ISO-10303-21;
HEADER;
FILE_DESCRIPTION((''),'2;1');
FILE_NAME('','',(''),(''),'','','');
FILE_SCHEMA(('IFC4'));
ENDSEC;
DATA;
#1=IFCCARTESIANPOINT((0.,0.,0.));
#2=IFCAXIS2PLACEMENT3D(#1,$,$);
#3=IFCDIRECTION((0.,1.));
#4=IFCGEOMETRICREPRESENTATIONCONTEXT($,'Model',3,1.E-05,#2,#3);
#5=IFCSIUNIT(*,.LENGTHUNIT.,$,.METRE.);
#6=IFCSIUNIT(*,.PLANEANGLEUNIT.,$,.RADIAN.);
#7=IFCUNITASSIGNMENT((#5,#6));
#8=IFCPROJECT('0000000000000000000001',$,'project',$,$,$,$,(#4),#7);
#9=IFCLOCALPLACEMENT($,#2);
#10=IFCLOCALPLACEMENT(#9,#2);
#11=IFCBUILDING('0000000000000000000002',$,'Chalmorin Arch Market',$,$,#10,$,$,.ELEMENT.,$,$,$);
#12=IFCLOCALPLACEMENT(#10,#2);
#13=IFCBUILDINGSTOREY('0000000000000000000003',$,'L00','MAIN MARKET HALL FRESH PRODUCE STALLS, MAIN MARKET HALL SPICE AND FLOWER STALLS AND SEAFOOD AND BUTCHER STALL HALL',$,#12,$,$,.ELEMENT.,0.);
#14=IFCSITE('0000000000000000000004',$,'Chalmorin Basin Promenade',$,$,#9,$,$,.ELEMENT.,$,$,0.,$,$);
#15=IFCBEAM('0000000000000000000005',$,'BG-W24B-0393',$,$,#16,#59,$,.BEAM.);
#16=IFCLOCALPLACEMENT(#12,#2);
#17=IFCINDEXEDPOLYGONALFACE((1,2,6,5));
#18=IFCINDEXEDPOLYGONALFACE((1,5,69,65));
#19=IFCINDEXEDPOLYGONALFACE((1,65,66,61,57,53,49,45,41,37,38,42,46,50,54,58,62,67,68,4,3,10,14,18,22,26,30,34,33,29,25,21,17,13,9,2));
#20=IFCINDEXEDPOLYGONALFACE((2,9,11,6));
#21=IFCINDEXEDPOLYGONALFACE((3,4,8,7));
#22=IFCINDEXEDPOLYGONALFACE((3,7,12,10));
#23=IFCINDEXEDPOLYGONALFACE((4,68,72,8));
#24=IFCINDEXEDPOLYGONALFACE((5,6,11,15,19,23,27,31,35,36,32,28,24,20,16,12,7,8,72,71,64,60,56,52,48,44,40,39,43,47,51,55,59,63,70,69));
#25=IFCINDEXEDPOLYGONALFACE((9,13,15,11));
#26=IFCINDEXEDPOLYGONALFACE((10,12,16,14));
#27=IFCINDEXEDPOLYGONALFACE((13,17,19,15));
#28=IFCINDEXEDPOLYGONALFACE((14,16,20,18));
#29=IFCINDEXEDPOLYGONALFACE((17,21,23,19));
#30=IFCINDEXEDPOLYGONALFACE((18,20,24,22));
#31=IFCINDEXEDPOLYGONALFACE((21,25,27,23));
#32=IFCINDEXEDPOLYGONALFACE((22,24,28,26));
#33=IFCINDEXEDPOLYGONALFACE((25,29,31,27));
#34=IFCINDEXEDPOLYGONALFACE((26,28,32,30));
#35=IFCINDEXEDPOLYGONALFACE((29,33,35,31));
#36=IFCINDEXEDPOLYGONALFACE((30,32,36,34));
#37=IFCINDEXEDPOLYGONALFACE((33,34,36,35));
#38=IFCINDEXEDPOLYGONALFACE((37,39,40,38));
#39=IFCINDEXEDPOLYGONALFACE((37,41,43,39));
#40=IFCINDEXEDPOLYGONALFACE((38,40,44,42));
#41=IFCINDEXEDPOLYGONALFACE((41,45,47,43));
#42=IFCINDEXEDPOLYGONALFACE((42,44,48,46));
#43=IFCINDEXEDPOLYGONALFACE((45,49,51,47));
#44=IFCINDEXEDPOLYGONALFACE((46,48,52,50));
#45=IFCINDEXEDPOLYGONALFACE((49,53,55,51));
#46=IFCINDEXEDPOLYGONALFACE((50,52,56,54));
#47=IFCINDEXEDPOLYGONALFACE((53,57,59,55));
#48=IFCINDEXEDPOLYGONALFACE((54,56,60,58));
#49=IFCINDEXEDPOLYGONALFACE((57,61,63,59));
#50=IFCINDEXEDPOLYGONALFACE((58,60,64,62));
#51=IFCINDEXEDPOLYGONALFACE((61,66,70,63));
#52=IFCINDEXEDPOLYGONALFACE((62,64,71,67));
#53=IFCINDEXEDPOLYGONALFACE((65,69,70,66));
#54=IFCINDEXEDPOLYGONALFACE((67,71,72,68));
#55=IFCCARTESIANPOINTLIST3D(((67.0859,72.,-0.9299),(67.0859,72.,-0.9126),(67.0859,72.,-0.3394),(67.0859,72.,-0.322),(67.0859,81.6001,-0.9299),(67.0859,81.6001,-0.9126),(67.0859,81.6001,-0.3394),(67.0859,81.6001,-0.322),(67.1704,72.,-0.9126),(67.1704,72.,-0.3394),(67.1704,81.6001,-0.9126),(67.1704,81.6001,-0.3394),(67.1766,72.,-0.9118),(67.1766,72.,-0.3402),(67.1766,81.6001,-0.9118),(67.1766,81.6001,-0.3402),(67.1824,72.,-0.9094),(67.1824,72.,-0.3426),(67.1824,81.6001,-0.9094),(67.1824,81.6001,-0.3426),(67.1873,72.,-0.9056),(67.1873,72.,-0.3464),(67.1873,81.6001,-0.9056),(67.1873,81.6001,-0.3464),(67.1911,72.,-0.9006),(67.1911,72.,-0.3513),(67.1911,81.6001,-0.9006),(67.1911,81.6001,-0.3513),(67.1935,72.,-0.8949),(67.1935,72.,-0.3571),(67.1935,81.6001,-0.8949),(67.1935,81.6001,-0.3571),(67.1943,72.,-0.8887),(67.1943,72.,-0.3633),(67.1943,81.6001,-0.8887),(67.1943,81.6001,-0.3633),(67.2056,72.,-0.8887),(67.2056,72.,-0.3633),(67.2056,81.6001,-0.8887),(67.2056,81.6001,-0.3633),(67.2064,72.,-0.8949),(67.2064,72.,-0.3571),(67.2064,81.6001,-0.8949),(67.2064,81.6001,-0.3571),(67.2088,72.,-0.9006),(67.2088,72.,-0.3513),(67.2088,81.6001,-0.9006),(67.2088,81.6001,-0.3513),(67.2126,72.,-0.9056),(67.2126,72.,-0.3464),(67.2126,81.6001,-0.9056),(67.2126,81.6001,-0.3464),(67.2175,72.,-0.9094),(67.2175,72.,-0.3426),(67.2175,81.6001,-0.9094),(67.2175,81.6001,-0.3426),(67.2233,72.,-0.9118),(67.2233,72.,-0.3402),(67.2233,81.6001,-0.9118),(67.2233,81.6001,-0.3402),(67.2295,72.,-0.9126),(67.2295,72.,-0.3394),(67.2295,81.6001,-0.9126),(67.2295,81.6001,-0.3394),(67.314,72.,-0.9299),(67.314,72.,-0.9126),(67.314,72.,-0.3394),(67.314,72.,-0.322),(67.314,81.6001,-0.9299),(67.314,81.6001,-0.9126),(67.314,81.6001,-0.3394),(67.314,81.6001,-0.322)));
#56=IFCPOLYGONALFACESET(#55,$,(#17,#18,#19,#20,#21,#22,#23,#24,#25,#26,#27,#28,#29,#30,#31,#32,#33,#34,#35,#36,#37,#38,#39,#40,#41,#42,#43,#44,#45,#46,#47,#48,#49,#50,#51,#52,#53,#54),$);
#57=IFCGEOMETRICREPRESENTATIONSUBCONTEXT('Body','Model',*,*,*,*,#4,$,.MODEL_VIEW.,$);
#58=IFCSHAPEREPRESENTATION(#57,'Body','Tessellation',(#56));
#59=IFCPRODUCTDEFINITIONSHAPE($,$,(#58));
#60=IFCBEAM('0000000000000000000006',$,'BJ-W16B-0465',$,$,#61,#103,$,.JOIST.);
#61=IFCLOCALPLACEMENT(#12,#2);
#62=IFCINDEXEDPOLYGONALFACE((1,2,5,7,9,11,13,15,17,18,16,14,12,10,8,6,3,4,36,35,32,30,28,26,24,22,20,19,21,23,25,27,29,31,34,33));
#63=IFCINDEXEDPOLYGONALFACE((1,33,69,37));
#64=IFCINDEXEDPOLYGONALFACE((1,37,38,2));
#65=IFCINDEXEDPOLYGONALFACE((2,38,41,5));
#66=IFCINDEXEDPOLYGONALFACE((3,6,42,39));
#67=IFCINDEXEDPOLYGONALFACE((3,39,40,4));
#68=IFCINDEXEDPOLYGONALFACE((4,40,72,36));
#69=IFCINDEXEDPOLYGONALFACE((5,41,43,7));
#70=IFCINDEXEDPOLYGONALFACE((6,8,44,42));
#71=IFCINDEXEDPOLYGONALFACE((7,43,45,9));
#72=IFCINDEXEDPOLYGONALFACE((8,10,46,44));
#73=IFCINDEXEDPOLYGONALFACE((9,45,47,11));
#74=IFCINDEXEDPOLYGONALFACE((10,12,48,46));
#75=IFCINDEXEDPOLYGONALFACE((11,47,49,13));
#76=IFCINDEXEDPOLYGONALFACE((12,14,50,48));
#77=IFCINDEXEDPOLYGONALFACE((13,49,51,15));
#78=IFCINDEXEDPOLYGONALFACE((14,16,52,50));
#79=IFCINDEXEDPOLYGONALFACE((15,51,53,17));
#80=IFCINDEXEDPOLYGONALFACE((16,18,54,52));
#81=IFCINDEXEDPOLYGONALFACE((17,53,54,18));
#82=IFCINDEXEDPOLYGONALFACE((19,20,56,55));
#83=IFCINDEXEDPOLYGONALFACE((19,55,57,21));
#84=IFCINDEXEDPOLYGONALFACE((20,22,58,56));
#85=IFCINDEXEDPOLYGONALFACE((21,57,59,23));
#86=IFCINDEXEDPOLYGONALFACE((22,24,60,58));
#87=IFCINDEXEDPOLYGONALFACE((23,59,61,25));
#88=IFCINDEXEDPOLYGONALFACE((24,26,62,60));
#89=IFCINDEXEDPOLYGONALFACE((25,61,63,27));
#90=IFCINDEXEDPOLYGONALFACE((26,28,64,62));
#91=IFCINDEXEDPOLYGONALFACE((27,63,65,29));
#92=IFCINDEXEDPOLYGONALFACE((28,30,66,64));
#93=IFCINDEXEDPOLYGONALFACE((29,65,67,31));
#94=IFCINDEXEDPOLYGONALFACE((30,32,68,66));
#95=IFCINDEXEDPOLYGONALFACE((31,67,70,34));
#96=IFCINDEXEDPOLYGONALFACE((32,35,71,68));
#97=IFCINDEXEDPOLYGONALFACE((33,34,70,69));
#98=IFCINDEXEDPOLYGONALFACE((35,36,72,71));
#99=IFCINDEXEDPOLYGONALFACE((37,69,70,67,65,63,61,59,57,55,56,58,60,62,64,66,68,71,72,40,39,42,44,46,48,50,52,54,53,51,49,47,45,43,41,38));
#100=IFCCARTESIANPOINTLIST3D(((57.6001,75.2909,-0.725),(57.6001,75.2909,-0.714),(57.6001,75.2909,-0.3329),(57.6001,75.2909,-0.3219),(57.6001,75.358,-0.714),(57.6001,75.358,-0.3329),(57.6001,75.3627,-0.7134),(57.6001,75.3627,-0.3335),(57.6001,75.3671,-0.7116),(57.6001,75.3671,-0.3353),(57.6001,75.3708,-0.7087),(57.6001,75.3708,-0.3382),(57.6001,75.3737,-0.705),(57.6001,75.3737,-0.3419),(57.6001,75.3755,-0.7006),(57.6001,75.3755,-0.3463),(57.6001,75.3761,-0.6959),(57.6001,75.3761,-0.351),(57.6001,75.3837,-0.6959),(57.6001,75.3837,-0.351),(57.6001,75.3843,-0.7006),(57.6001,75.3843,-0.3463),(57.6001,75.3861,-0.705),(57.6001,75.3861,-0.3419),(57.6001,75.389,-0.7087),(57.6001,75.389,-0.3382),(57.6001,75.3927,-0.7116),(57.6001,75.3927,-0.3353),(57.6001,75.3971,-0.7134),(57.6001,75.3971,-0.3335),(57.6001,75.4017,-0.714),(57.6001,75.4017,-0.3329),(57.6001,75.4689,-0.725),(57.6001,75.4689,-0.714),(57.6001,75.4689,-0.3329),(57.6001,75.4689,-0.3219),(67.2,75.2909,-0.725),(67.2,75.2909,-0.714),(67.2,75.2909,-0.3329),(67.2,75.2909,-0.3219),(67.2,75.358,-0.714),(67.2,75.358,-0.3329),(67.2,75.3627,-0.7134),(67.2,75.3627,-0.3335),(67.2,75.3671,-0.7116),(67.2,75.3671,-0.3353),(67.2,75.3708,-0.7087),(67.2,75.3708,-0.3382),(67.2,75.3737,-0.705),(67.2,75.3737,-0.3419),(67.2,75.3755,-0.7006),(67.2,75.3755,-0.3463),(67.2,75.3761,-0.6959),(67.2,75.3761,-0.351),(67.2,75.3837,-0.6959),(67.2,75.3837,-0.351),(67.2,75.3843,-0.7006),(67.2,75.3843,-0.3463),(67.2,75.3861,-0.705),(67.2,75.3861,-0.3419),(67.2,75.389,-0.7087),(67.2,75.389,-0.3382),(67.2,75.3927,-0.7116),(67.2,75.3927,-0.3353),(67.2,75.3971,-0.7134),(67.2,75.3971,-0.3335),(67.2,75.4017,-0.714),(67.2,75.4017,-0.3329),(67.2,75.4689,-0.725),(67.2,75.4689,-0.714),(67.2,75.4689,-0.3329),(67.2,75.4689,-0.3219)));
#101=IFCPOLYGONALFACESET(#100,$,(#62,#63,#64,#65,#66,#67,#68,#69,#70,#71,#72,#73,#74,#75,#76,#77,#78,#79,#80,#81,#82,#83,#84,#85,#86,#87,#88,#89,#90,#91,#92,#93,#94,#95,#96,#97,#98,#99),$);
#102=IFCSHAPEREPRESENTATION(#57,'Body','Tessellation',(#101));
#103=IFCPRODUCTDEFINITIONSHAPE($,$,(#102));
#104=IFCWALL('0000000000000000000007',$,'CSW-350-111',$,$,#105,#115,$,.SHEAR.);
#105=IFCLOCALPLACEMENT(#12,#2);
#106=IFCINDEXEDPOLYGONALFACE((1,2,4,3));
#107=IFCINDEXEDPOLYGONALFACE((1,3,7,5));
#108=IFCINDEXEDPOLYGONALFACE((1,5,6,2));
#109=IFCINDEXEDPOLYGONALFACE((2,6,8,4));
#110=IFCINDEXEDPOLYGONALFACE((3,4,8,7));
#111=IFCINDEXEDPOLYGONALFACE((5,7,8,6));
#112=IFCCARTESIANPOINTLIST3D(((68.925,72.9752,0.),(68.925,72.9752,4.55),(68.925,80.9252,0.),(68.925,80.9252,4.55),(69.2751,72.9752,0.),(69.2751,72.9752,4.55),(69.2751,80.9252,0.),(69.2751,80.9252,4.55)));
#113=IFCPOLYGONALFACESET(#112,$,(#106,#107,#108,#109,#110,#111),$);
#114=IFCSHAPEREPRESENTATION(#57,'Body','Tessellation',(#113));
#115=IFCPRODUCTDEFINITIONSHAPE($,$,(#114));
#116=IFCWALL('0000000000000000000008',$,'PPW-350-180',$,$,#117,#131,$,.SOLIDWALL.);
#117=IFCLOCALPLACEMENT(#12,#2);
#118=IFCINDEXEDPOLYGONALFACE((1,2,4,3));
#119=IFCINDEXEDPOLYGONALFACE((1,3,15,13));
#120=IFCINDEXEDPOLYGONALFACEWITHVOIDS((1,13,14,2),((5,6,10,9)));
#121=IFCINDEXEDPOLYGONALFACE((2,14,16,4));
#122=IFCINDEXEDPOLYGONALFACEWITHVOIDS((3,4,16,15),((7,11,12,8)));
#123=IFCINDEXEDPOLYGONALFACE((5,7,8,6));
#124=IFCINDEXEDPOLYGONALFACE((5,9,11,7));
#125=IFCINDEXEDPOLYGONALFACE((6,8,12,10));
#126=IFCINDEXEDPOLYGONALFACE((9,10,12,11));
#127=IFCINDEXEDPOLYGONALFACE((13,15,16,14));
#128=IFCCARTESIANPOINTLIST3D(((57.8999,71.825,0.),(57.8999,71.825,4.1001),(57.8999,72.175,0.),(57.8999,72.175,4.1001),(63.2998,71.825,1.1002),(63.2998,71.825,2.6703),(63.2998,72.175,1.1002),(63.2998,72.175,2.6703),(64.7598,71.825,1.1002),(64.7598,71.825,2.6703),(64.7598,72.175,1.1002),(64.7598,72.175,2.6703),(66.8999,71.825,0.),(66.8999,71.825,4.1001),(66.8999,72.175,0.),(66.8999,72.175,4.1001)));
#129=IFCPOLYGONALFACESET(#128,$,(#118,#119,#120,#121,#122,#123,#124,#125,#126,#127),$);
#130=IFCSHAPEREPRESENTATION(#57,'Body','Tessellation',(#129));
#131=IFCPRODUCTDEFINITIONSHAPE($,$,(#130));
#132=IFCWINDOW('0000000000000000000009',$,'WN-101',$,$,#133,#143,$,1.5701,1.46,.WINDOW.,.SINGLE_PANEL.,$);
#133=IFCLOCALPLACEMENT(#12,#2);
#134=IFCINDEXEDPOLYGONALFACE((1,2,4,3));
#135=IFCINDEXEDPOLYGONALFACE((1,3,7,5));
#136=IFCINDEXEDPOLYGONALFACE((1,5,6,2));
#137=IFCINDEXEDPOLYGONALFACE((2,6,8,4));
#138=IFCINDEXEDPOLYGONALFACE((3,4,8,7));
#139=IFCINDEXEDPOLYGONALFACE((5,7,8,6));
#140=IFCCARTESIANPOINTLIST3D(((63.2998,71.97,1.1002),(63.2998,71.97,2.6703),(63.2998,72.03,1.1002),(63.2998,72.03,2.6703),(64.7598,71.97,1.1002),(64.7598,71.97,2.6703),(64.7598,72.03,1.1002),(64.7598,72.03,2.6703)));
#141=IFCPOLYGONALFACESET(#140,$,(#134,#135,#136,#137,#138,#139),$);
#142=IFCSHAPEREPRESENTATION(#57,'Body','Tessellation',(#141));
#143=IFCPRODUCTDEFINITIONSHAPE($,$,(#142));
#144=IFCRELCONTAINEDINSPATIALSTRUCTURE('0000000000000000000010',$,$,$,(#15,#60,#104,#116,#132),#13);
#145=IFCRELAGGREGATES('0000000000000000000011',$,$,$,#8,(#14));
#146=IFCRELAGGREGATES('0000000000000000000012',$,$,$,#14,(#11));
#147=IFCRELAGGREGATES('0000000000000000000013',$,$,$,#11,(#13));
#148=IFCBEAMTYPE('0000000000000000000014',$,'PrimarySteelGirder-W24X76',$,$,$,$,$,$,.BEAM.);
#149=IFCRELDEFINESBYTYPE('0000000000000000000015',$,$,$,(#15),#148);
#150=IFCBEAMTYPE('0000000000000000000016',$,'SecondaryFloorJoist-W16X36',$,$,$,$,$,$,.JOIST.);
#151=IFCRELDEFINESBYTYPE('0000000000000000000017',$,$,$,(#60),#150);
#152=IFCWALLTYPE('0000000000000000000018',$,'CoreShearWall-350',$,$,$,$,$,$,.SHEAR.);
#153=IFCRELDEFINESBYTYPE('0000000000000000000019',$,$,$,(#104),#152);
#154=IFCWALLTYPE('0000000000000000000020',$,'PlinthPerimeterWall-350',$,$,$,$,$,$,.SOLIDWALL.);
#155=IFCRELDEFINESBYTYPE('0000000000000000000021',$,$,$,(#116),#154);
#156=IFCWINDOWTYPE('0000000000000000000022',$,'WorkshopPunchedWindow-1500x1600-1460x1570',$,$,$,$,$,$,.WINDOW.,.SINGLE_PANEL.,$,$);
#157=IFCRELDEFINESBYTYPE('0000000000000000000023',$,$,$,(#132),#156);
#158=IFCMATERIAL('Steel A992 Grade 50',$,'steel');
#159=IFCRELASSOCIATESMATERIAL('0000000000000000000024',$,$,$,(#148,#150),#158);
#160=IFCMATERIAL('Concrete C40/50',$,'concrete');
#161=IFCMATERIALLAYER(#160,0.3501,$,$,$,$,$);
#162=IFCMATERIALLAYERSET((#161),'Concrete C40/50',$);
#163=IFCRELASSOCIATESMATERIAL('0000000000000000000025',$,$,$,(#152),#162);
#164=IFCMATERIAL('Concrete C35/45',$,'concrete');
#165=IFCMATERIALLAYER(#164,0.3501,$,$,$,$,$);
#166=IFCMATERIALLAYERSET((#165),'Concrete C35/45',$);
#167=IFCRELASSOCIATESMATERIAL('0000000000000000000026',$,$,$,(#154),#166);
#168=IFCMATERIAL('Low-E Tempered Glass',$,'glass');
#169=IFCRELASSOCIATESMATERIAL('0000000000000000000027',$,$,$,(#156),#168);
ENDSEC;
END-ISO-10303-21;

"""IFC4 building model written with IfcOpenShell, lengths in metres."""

from ifc_helpers import new_model, si_unit, direction, frame, frame_2d, origin, origin_2d, place, context, subcontext, project, spatial, rectangle, i_section, extrude, material, layer, layer_set, material_profile, profile_set, type_object, element, fill, save


model = new_model("IFC4")

# Units and contexts
model_context = context("Model", 3, precision=1e-05, world=origin(), true_north=direction((0.0, 1.0)))
body_context = subcontext(model_context, "Body", "Model", "MODEL_VIEW")
ifc_project = project(units=[si_unit("LENGTHUNIT", "METRE"), si_unit("PLANEANGLEUNIT", "RADIAN")], contexts=[model_context])

# Site, building, storey
site_placement = place(None, origin())
site = spatial("IfcSite", under=ifc_project, at=site_placement, Name="Chalmorin Basin Promenade", CompositionType="ELEMENT", RefElevation=0.0)
building_placement = place(site_placement, origin())
building = spatial("IfcBuilding", under=site, at=building_placement, Name="Chalmorin Arch Market", CompositionType="ELEMENT")
storey_placement = place(building_placement, origin())
storey = spatial("IfcBuildingStorey", under=building, at=storey_placement, Name="L00", Description="MAIN MARKET HALL FRESH PRODUCE STALLS, MAIN MARKET HALL SPICE AND FLOWER STALLS AND SEAFOOD AND BUTCHER STALL HALL", CompositionType="ELEMENT", Elevation=0.0)

# Shared definitions
ifc_material_1 = material(Name="Concrete C40/50", Category="concrete")

# Beams
ifc_material_2 = material(Name="Steel A992 Grade 50", Category="steel")
ifc_material_profile_1 = material_profile(ifc_material_2, i_section(OverallWidth=0.228, OverallDepth=0.6079, WebThickness=0.0112, FlangeThickness=0.0173, FilletRadius=0.0239, at=origin_2d()), Name="W24X76")
ifc_profile_set_1 = profile_set([ifc_material_profile_1], Name="Steel A992 Grade 50")
beam_type_1 = type_object("IfcBeamType", Name="PrimarySteelGirder-W24X76", PredefinedType="BEAM", material=ifc_profile_set_1)
for number, where, z_axis, x_axis, name in (
    (1, (67.2, 72.0, -0.626), (0.0, 1.0, 0.0), (-1.0, 0.0, 0.0), "BG-W24B-0393"),
):
    element("IfcBeam", number, at=place(storey_placement, frame(where, z_axis=z_axis, x_axis=x_axis)), inside=storey, type_object=beam_type_1, Name=name, PredefinedType="BEAM", context=body_context, shape_type="SweptSolid", body=[
        extrude(i_section(OverallWidth=0.228, OverallDepth=0.6079, WebThickness=0.0112, FlangeThickness=0.0173, FilletRadius=0.0239, at=origin_2d()), origin(), (0.0, 0.0, 1.0), 9.6001),
    ])
ifc_material_profile_2 = material_profile(ifc_material_2, i_section(OverallWidth=0.178, OverallDepth=0.4031, WebThickness=0.0076, FlangeThickness=0.011, FilletRadius=0.0181, at=origin_2d()), Name="W16X36")
ifc_profile_set_2 = profile_set([ifc_material_profile_2], Name="Steel A992 Grade 50")
beam_type_2 = type_object("IfcBeamType", Name="SecondaryFloorJoist-W16X36", PredefinedType="JOIST", material=ifc_profile_set_2)
beam_1_placement = place(storey_placement, frame((57.6001, 75.3799, -0.5234), z_axis=(1.0, 0.0, 0.0), x_axis=(0.0, 1.0, 0.0)))
element("IfcBeam", 2, at=beam_1_placement, inside=storey, type_object=beam_type_2, Name="BJ-W16B-0465", PredefinedType="JOIST", context=body_context, shape_type="SweptSolid", body=[
    extrude(i_section(OverallWidth=0.178, OverallDepth=0.4031, WebThickness=0.0076, FlangeThickness=0.011, FilletRadius=0.0181, at=origin_2d()), origin(), (0.0, 0.0, 1.0), 9.5999),
])

# Wall
ifc_layer_1 = layer(ifc_material_1, 0.3501)
ifc_layer_set_1 = layer_set([ifc_layer_1], Name="Concrete C40/50")
wall_type_1 = type_object("IfcWallType", Name="CoreShearWall-350", PredefinedType="SHEAR", material=ifc_layer_set_1)
wall_1_placement = place(storey_placement, frame((69.1001, 72.9751, 0.0), z_axis=(0.0, 0.0, 1.0), x_axis=(0.0, 1.0, 0.0)))
element("IfcWall", 3, at=wall_1_placement, inside=storey, type_object=wall_type_1, Name="CSW-350-111", PredefinedType="SHEAR", context=body_context, shape_type="SweptSolid", body=[
    extrude(rectangle(XDim=7.95, YDim=0.3501, at=frame_2d((3.9751, 0.0))), origin(), (0.0, 0.0, 1.0), 4.55),
])

# Wall, opening, window
ifc_material_3 = material(Name="Concrete C35/45", Category="concrete")
ifc_layer_2 = layer(ifc_material_3, 0.3501)
ifc_layer_set_2 = layer_set([ifc_layer_2], Name="Concrete C35/45")
wall_type_2 = type_object("IfcWallType", Name="PlinthPerimeterWall-350", PredefinedType="SOLIDWALL", material=ifc_layer_set_2)
wall_2_placement = place(storey_placement, frame((57.8999, 72.0, 0.0), z_axis=(0.0, 0.0, 1.0), x_axis=(1.0, 0.0, 0.0)))
wall_2 = element("IfcWall", 4, at=wall_2_placement, inside=storey, type_object=wall_type_2, Name="PPW-350-180", PredefinedType="SOLIDWALL", context=body_context, shape_type="SweptSolid", body=[
    extrude(rectangle(XDim=9.0, YDim=0.3501, at=frame_2d((4.5, 0.0))), origin(), (0.0, 0.0, 1.0), 4.1001),
])
opening_1_placement = place(wall_2_placement, frame((5.3999, 0.0, 1.1001)))
opening_1 = element("IfcOpeningElement", 5, at=opening_1_placement, cuts=wall_2, PredefinedType="OPENING", context=body_context, shape_type="SweptSolid", body=[
    extrude(rectangle(XDim=1.46, YDim=1.5701, at=frame_2d((0.73, 0.7852))), frame((0.0, 0.1851, 0.0), z_axis=(0.0, -1.0, 0.0), x_axis=(1.0, 0.0, 0.0)), (0.0, 0.0, 1.0), 0.3701),
])
ifc_material_4 = material(Name="Low-E Tempered Glass", Category="glass")
window_type_1 = type_object("IfcWindowType", Name="WorkshopPunchedWindow-1500x1600-1460x1570", PartitioningType="SINGLE_PANEL", PredefinedType="WINDOW", material=ifc_material_4)
window_1_placement = place(opening_1_placement, origin())
window_1 = element("IfcWindow", 6, at=window_1_placement, inside=storey, type_object=window_type_1, Name="WN-101", OverallHeight=1.5701, OverallWidth=1.46, PartitioningType="SINGLE_PANEL", PredefinedType="WINDOW", context=body_context, shape_type="SweptSolid", body=[
    extrude(rectangle(XDim=1.46, YDim=1.5701, at=frame_2d((0.73, 0.7852))), frame((0.0, 0.03, 0.0), z_axis=(0.0, -1.0, 0.0), x_axis=(1.0, 0.0, 0.0)), (0.0, 0.0, 1.0), 0.0601),
])
fill(opening_1, window_1)

save(model, "model.ifc")
